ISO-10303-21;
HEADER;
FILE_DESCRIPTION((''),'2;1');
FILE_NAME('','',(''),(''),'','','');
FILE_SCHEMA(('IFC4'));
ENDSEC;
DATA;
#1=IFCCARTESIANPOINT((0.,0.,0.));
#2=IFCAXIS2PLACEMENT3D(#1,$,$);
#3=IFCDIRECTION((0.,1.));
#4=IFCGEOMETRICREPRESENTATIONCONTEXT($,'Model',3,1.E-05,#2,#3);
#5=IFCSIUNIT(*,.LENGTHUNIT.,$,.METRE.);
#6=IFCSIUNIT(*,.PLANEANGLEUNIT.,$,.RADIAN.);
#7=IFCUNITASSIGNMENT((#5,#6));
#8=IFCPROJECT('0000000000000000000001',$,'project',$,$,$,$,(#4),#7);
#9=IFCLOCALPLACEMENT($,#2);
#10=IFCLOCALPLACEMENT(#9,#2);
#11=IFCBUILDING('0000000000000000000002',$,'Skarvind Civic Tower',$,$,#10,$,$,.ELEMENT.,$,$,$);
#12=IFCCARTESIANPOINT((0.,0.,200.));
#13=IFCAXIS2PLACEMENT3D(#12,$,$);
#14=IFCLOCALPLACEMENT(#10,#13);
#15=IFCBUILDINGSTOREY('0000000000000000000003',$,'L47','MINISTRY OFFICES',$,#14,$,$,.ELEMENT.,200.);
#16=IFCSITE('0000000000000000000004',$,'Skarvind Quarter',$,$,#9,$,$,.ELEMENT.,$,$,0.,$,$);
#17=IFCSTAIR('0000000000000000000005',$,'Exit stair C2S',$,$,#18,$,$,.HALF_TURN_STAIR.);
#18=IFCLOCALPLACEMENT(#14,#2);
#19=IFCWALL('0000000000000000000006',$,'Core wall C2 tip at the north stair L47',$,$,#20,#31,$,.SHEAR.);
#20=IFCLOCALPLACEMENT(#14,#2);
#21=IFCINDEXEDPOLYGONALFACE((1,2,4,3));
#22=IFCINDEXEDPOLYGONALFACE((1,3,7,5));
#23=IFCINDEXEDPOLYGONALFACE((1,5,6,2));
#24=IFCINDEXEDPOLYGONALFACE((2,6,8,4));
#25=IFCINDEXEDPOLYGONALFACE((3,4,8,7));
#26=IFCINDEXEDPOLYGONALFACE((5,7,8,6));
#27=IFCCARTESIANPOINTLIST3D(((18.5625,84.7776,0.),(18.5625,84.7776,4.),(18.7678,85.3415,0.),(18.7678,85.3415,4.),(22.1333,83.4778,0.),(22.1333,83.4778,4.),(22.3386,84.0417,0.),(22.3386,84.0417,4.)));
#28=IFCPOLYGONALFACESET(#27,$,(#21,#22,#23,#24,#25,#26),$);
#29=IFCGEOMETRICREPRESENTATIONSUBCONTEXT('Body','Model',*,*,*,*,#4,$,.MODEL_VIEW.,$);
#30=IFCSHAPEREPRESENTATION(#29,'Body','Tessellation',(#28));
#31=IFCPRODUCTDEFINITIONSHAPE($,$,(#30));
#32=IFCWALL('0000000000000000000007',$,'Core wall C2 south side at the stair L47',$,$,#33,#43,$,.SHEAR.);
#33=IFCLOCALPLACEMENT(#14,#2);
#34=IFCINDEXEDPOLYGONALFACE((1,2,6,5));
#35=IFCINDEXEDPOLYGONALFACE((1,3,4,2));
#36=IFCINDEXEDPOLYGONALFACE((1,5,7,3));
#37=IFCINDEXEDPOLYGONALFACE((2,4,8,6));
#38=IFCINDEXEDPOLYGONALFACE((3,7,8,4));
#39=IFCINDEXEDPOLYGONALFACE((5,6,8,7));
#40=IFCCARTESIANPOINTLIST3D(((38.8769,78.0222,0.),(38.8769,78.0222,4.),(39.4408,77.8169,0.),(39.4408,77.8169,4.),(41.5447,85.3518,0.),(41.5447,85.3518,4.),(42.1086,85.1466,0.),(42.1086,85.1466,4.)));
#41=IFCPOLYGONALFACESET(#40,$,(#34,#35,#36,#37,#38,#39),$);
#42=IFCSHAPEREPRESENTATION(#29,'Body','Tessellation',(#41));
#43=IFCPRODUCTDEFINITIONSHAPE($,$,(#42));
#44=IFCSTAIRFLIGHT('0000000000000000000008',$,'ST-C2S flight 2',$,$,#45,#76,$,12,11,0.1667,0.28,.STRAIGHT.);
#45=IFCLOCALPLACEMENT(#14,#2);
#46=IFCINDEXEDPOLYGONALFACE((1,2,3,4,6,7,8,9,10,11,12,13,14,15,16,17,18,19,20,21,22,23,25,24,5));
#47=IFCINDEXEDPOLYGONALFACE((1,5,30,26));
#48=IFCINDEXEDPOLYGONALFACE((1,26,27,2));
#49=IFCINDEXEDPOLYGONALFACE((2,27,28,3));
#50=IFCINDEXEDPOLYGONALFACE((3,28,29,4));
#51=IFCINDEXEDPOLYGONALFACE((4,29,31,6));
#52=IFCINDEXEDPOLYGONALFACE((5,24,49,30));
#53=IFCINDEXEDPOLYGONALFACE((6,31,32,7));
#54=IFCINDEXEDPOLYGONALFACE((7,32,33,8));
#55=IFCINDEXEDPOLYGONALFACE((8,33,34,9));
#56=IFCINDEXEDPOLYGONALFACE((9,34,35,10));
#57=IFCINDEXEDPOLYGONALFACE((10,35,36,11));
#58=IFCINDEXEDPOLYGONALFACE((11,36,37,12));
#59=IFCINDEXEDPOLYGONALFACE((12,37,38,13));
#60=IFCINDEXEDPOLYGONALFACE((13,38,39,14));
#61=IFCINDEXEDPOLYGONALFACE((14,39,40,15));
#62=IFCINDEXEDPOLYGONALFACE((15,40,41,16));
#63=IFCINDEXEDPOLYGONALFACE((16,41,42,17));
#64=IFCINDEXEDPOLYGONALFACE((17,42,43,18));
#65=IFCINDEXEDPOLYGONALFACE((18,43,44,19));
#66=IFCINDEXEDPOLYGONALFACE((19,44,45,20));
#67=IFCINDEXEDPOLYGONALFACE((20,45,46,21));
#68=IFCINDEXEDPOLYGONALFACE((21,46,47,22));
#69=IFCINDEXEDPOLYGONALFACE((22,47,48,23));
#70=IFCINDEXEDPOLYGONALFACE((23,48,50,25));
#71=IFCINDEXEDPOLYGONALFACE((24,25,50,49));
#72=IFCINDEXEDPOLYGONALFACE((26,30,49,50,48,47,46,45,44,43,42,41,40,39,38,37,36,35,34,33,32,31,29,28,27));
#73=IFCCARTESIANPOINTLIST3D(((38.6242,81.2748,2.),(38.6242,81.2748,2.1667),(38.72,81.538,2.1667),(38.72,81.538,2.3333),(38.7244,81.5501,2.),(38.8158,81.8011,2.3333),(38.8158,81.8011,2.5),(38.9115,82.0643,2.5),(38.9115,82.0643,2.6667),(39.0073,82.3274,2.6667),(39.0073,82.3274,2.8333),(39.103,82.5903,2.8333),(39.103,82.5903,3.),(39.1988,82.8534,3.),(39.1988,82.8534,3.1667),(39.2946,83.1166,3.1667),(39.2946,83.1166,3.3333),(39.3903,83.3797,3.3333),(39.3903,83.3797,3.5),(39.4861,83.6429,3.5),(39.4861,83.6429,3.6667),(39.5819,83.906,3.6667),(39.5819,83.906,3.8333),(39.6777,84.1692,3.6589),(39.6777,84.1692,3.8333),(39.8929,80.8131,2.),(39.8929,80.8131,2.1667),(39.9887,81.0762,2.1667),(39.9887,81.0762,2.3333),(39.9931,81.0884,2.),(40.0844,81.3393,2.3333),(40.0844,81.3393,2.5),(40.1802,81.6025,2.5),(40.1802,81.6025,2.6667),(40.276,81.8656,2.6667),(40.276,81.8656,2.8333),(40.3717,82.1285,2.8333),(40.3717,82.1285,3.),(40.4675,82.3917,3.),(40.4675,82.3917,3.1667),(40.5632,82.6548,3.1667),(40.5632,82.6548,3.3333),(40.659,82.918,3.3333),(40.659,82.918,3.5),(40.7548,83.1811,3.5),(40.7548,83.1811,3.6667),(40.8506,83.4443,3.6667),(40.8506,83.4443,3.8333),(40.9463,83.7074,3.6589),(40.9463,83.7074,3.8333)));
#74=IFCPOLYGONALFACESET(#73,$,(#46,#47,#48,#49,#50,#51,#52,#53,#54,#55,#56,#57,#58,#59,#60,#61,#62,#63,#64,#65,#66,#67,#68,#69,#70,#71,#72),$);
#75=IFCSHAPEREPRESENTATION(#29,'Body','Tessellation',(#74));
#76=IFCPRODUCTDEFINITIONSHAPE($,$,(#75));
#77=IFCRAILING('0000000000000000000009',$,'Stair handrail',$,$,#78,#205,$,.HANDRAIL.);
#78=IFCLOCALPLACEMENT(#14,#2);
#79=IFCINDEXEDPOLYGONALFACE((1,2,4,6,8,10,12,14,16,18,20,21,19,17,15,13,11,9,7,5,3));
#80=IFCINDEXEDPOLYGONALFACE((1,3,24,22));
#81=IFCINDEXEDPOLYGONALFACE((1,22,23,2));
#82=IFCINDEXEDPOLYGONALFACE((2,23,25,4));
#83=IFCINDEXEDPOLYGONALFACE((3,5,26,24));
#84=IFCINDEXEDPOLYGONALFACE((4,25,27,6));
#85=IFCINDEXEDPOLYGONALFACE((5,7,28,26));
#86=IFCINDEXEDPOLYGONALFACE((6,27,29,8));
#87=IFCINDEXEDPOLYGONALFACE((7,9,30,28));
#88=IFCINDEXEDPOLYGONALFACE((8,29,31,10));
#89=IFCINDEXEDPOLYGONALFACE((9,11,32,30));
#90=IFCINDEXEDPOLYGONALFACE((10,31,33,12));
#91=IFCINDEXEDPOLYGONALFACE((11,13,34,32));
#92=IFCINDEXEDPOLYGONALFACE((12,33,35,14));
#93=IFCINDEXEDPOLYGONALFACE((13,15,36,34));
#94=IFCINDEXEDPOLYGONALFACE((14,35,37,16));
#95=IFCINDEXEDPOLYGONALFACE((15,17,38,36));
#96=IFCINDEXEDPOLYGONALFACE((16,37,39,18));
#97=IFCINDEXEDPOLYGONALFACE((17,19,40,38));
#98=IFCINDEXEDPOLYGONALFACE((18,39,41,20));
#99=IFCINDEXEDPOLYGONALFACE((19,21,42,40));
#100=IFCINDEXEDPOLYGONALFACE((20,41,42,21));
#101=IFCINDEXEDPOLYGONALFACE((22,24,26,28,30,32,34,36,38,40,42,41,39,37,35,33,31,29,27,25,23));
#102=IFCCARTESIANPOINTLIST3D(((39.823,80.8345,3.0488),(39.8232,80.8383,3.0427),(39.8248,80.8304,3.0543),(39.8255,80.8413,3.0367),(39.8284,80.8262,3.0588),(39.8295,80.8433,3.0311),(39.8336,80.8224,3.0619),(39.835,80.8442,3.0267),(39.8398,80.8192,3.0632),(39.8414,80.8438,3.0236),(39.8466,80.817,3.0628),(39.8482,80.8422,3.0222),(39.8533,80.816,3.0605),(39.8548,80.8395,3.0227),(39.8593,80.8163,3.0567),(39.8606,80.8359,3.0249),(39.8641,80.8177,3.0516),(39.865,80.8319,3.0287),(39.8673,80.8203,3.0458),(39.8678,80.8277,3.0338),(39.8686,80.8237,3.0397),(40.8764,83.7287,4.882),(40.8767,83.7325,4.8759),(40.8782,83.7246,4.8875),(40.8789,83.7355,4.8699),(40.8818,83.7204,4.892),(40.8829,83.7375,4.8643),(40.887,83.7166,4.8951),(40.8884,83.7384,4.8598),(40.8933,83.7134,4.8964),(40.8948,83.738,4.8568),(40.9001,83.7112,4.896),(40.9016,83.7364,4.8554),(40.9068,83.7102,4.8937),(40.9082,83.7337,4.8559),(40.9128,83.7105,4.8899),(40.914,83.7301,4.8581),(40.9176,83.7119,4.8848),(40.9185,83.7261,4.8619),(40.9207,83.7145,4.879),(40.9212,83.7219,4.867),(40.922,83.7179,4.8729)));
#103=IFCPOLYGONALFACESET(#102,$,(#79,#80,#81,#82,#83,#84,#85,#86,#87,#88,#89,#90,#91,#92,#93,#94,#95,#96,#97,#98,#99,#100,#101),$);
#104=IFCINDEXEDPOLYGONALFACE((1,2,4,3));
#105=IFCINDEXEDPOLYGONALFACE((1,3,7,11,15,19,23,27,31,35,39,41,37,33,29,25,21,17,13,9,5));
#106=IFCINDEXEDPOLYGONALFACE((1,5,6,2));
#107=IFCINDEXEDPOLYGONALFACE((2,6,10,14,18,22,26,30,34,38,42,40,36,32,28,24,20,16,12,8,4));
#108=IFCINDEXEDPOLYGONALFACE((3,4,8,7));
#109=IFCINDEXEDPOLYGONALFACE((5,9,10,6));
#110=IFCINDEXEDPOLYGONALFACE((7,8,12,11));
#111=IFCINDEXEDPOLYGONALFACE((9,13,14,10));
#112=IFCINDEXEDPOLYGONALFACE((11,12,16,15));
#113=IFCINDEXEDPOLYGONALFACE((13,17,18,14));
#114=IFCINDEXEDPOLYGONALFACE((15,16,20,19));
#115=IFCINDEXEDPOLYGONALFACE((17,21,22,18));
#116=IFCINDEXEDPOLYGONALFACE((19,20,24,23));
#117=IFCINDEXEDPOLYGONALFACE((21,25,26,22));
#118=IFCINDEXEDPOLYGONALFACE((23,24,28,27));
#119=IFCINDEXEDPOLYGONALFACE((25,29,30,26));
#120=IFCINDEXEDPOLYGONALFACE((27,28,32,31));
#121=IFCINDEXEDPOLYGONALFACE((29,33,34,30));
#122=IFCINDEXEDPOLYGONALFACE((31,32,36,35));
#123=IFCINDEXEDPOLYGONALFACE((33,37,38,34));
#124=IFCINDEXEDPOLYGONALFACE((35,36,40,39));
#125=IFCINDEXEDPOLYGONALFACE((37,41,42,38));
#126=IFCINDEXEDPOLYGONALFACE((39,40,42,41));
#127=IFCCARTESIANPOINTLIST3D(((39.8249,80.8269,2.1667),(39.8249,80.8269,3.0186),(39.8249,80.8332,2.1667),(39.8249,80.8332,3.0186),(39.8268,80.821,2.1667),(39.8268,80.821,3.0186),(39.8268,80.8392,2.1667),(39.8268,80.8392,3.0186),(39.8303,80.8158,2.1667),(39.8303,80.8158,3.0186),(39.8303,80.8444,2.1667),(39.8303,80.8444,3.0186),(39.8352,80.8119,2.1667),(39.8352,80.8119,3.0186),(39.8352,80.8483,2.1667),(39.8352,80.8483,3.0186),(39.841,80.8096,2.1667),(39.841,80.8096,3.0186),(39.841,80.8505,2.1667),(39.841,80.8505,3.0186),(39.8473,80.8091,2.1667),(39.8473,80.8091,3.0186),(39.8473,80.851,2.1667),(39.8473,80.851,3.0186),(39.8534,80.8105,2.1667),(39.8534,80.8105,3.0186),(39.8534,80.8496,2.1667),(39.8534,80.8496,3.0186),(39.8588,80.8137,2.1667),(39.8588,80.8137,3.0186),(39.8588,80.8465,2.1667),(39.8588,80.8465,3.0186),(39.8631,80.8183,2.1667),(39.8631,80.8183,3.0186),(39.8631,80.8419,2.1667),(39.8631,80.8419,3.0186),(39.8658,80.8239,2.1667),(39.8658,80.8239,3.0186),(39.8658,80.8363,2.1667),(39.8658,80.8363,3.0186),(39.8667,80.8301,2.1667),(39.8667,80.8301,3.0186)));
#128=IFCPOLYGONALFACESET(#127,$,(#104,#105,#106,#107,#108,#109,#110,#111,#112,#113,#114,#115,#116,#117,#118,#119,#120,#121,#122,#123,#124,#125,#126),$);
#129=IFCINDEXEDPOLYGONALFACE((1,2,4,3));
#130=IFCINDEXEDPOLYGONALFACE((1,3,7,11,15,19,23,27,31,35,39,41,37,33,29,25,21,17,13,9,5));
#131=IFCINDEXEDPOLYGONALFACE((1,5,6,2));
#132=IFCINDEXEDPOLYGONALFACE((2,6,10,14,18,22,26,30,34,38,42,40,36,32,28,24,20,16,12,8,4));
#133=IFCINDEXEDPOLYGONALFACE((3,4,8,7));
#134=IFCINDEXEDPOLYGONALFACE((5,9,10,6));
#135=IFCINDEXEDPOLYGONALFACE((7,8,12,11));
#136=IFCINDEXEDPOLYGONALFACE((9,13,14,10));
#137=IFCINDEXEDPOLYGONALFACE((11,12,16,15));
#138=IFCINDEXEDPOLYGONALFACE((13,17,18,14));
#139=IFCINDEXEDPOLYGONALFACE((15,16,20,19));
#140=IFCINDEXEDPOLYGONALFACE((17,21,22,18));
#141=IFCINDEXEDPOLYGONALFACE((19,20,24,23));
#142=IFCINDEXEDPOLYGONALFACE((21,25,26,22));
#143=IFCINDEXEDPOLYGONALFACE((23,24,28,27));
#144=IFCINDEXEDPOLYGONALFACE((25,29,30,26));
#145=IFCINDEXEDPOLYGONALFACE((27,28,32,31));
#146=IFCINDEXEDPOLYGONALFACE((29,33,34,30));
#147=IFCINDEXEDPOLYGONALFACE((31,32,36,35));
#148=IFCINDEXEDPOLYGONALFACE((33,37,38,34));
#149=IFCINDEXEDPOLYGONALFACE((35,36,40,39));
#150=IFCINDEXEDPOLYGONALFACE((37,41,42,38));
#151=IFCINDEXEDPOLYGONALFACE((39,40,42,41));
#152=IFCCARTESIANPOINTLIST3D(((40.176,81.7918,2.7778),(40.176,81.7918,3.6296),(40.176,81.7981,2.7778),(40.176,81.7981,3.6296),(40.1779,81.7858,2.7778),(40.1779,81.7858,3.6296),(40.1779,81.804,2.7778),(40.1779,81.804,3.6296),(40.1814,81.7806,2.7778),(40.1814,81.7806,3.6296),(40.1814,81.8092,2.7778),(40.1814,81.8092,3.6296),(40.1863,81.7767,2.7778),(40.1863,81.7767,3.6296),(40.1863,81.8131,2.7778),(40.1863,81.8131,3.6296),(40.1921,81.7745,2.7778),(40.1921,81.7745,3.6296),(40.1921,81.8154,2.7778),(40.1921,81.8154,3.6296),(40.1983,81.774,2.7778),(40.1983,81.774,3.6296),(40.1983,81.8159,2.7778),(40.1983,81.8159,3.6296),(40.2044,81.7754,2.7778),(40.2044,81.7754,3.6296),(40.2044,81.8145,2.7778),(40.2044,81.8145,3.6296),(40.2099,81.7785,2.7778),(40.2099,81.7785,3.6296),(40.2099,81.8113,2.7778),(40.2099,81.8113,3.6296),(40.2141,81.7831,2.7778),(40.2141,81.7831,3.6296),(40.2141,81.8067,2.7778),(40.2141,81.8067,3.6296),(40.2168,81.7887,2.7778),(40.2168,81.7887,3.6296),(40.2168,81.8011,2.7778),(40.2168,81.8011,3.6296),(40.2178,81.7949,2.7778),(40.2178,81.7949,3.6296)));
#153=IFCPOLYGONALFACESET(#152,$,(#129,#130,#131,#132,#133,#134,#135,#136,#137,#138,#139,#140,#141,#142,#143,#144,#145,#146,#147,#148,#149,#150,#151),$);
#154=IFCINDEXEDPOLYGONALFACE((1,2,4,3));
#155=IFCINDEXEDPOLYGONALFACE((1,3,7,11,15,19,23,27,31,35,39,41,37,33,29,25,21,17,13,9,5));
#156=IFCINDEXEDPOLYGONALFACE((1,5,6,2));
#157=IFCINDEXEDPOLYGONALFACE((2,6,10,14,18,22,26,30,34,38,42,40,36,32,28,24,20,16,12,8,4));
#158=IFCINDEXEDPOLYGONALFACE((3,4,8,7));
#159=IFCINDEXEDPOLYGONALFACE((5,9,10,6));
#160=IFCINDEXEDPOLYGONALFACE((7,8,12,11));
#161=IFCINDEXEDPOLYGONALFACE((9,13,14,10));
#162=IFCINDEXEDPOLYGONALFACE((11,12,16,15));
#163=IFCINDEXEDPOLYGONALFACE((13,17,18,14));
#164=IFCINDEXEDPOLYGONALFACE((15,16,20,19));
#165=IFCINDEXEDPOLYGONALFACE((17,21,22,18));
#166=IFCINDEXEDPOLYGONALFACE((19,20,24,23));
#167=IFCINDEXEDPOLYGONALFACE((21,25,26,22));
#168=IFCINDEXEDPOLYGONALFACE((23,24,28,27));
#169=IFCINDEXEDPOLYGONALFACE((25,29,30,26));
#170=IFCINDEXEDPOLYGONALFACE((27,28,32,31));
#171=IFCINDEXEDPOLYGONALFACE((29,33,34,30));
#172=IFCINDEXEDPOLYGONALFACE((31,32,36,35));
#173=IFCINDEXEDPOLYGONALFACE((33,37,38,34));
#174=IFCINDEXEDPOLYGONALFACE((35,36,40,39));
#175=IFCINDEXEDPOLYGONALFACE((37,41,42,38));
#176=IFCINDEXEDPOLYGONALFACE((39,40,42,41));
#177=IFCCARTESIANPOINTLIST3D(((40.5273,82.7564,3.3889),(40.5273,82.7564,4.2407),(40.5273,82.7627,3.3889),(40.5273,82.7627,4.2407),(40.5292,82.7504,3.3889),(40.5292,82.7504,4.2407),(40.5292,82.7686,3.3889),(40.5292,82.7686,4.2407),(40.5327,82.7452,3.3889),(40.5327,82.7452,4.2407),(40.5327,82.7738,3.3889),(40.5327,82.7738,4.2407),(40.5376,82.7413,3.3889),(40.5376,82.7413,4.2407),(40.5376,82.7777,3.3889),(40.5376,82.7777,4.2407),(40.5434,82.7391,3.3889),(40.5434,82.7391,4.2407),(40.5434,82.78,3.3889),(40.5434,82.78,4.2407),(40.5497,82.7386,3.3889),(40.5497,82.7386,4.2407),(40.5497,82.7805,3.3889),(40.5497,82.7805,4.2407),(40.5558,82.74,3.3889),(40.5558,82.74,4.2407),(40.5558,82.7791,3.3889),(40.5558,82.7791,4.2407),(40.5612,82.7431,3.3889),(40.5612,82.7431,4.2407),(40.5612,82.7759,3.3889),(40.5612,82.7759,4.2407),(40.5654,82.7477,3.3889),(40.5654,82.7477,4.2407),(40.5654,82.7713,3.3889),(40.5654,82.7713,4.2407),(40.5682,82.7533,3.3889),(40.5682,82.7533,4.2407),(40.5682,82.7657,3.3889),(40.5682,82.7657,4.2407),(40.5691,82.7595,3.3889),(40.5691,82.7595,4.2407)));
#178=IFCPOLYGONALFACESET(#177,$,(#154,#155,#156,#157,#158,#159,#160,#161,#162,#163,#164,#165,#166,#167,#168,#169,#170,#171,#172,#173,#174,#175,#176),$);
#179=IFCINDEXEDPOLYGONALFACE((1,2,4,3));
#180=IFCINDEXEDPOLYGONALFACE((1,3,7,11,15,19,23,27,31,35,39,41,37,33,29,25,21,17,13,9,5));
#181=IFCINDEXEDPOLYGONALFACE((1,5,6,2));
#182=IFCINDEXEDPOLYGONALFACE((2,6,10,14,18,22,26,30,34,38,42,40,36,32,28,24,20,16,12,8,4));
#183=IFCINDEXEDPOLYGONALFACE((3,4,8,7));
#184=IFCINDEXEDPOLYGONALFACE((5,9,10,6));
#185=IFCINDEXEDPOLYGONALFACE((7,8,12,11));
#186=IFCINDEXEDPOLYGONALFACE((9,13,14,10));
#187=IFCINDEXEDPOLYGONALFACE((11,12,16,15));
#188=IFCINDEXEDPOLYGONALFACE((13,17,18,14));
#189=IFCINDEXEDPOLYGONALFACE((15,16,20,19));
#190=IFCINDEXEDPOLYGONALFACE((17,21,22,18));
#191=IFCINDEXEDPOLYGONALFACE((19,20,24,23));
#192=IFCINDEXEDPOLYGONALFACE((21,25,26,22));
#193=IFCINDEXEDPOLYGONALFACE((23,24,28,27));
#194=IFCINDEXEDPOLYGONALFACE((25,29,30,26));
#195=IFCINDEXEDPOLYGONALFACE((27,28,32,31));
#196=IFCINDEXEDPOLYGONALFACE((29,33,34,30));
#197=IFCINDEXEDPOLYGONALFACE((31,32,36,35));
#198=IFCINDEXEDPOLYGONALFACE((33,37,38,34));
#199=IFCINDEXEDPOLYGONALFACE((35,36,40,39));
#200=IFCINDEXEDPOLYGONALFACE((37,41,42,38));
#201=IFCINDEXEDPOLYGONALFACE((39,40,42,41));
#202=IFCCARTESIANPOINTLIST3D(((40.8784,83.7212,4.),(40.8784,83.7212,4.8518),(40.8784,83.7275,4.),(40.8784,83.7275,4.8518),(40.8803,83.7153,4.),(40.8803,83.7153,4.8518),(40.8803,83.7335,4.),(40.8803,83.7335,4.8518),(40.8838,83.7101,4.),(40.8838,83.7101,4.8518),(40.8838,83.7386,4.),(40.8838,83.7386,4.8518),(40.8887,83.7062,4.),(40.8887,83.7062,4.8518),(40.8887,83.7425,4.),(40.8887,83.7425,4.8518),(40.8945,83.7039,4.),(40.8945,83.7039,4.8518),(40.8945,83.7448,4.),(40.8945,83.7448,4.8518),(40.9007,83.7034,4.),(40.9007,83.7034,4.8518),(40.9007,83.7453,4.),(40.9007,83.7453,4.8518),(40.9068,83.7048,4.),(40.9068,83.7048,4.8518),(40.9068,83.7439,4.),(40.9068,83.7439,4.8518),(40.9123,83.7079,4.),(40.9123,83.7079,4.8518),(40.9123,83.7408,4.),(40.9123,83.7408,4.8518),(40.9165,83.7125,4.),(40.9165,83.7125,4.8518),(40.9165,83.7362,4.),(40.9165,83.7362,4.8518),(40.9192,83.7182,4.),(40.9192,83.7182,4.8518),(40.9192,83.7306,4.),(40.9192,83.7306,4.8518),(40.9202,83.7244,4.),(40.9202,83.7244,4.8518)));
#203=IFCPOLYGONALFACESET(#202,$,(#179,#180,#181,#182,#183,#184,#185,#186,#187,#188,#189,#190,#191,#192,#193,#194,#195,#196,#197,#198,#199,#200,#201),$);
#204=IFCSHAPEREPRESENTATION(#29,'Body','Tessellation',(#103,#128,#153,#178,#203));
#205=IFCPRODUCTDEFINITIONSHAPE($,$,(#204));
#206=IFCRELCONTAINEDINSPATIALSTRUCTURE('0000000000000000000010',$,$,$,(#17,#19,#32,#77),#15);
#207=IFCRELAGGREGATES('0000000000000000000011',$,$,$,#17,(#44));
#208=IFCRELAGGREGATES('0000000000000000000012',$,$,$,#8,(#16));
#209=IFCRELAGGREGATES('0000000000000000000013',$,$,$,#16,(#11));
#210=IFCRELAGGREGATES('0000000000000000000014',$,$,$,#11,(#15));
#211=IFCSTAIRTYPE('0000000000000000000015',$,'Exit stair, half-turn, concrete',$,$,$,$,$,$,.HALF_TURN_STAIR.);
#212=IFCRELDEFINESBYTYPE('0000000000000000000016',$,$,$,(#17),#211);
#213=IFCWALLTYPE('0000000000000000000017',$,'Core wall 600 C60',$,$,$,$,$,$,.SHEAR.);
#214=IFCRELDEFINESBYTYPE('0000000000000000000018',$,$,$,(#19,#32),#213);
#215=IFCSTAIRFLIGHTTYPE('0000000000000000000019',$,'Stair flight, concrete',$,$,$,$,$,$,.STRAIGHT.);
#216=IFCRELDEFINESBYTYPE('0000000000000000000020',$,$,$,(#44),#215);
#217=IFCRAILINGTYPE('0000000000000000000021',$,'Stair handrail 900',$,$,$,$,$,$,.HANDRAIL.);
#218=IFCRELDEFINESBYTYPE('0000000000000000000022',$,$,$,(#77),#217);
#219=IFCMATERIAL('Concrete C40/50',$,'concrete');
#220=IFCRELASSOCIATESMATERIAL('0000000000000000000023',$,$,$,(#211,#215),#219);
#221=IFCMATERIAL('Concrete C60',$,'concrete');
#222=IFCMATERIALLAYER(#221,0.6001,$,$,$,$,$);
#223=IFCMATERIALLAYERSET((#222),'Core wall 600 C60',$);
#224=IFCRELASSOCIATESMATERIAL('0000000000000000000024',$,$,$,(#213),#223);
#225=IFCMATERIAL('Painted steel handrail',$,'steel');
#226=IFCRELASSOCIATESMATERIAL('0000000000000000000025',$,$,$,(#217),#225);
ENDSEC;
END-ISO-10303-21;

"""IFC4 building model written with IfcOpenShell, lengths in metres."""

from ifc_helpers import new_model, si_unit, direction, frame, frame_2d, origin, origin_2d, place, context, subcontext, project, spatial, polyline, rectangle, circle, outline, extrude, material, layer, layer_set, type_object, element, aggregate, save


model = new_model("IFC4")

# Units and contexts
model_context = context("Model", 3, precision=1e-05, world=origin(), true_north=direction((0.0, 1.0)))
body_context = subcontext(model_context, "Body", "Model", "MODEL_VIEW")
ifc_project = project(units=[si_unit("LENGTHUNIT", "METRE"), si_unit("PLANEANGLEUNIT", "RADIAN")], contexts=[model_context])

# Site, building, storey
site_placement = place(None, origin())
site = spatial("IfcSite", under=ifc_project, at=site_placement, Name="Skarvind Quarter", CompositionType="ELEMENT", RefElevation=0.0)
building_placement = place(site_placement, origin())
building = spatial("IfcBuilding", under=site, at=building_placement, Name="Skarvind Civic Tower", CompositionType="ELEMENT")
storey_placement = place(building_placement, frame((0.0, 0.0, 200.0)))
storey = spatial("IfcBuildingStorey", under=building, at=storey_placement, Name="L47", Description="MINISTRY OFFICES", CompositionType="ELEMENT", Elevation=200.0)

# Shared definitions
ifc_material_1 = material(Name="Concrete C40/50", Category="concrete")

# Stair
stair_type_1 = type_object("IfcStairType", Name="Exit stair, half-turn, concrete", PredefinedType="HALF_TURN_STAIR", material=ifc_material_1)
stair_1_placement = place(storey_placement, origin())
stair_1 = element("IfcStair", 1, at=stair_1_placement, inside=storey, type_object=stair_type_1, Name="Exit stair C2S", PredefinedType="HALF_TURN_STAIR")

# Shared definitions
ifc_material_2 = material(Name="Concrete C60", Category="concrete")

# Walls
ifc_layer_1 = layer(ifc_material_2, 0.6001)
ifc_layer_set_1 = layer_set([ifc_layer_1], Name="Core wall 600 C60")
wall_type_1 = type_object("IfcWallType", Name="Core wall 600 C60", PredefinedType="SHEAR", material=ifc_layer_set_1)
for number, where, z_axis, x_axis, name in (
    (2, (22.2358, 83.7598, 0.0), (0.0, 0.0, 1.0), (-0.939681, 0.342053, 0.0), "Core wall C2 tip at the north stair L47"),
):
    element("IfcWall", number, at=place(storey_placement, frame(where, z_axis=z_axis, x_axis=x_axis)), inside=storey, type_object=wall_type_1, Name=name, PredefinedType="SHEAR", context=body_context, shape_type="SweptSolid", body=[
        extrude(rectangle(XDim=3.8, YDim=0.6001, at=frame_2d((1.8999, 0.0))), origin(), (0.0, 0.0, 1.0), 4.0),
    ])
wall_1_placement = place(storey_placement, frame((39.1589, 77.9197, 0.0), z_axis=(0.0, 0.0, 1.0), x_axis=(0.342017, 0.939694, 0.0)))
element("IfcWall", 3, at=wall_1_placement, inside=storey, type_object=wall_type_1, Name="Core wall C2 south side at the stair L47", PredefinedType="SHEAR", context=body_context, shape_type="SweptSolid", body=[
    extrude(rectangle(XDim=7.8, YDim=0.6001, at=frame_2d((3.8999, 0.0))), origin(), (0.0, 0.0, 1.0), 4.0),
])

# Stair flight
stair_flight_type = type_object("IfcStairFlightType", Name="Stair flight, concrete", PredefinedType="STRAIGHT", material=ifc_material_1)
stair_flight_placement = place(storey_placement, frame((39.2585, 81.0439, 2.0), z_axis=(0.0, 0.0, 1.0), x_axis=(0.34202, 0.939693, 0.0)))
stair_flight = element("IfcStairFlight", 4, at=stair_flight_placement, type_object=stair_flight_type, Name="ST-C2S flight 2", NumberOfRisers=12, NumberOfTreads=11, PredefinedType="STRAIGHT", RiserHeight=0.1667, TreadLength=0.28, context=body_context, shape_type="SweptSolid", body=[
    extrude(outline(polyline([(0.0, 0.0), (0.0, 0.1667), (0.28, 0.1667), (0.28, 0.3333), (0.5601, 0.3333), (0.5601, 0.5), (0.8401, 0.5), (0.8401, 0.6667), (1.1201, 0.6667), (1.1201, 0.8333), (1.3999, 0.8333), (1.3999, 1.0), (1.6799, 1.0), (1.6799, 1.1667), (1.96, 1.1667), (1.96, 1.3333), (2.24, 1.3333), (2.24, 1.5), (2.52, 1.5), (2.52, 1.6667), (2.8, 1.6667), (2.8, 1.8333), (3.0801, 1.8333), (3.0801, 2.0), (3.0801, 1.6589), (0.293, 0.0), (0.0, 0.0)])), frame((0.0, 0.675, 0.0), z_axis=(0.0, -1.0, 0.0), x_axis=(1.0, 0.0, 0.0)), (0.0, 0.0, 1.0), 1.3501),
])
aggregate(stair_1, [stair_flight])

# Railing
ifc_material_3 = material(Name="Painted steel handrail", Category="steel")
railing_type = type_object("IfcRailingType", Name="Stair handrail 900", PredefinedType="HANDRAIL", material=ifc_material_3)
railing_placement = place(storey_placement, frame((39.8457, 80.8301, 2.1667)))
element("IfcRailing", 5, at=railing_placement, inside=storey, type_object=railing_type, Name="Stair handrail", PredefinedType="HANDRAIL", context=body_context, shape_type="SweptSolid", body=[
    extrude(circle(Radius=0.0239, at=origin_2d()), frame((0.0, 0.0, 0.876), z_axis=(0.293908, 0.807481, 0.511461), x_axis=(-0.939689, 0.342029, 0.0)), (0.0, 0.0, 1.0), 3.5842),
    extrude(circle(Radius=0.021, at=origin_2d()), origin(), (0.0, 0.0, 1.0), 0.8518),
    extrude(circle(Radius=0.021, at=origin_2d()), frame((0.3511, 0.9648, 0.6111)), (0.0, 0.0, 1.0), 0.8518),
    extrude(circle(Radius=0.021, at=origin_2d()), frame((0.7024, 1.9294, 1.2222)), (0.0, 0.0, 1.0), 0.8518),
    extrude(circle(Radius=0.021, at=origin_2d()), frame((1.0535, 2.8943, 1.8333)), (0.0, 0.0, 1.0), 0.8518),
])

save(model, "model.ifc")
